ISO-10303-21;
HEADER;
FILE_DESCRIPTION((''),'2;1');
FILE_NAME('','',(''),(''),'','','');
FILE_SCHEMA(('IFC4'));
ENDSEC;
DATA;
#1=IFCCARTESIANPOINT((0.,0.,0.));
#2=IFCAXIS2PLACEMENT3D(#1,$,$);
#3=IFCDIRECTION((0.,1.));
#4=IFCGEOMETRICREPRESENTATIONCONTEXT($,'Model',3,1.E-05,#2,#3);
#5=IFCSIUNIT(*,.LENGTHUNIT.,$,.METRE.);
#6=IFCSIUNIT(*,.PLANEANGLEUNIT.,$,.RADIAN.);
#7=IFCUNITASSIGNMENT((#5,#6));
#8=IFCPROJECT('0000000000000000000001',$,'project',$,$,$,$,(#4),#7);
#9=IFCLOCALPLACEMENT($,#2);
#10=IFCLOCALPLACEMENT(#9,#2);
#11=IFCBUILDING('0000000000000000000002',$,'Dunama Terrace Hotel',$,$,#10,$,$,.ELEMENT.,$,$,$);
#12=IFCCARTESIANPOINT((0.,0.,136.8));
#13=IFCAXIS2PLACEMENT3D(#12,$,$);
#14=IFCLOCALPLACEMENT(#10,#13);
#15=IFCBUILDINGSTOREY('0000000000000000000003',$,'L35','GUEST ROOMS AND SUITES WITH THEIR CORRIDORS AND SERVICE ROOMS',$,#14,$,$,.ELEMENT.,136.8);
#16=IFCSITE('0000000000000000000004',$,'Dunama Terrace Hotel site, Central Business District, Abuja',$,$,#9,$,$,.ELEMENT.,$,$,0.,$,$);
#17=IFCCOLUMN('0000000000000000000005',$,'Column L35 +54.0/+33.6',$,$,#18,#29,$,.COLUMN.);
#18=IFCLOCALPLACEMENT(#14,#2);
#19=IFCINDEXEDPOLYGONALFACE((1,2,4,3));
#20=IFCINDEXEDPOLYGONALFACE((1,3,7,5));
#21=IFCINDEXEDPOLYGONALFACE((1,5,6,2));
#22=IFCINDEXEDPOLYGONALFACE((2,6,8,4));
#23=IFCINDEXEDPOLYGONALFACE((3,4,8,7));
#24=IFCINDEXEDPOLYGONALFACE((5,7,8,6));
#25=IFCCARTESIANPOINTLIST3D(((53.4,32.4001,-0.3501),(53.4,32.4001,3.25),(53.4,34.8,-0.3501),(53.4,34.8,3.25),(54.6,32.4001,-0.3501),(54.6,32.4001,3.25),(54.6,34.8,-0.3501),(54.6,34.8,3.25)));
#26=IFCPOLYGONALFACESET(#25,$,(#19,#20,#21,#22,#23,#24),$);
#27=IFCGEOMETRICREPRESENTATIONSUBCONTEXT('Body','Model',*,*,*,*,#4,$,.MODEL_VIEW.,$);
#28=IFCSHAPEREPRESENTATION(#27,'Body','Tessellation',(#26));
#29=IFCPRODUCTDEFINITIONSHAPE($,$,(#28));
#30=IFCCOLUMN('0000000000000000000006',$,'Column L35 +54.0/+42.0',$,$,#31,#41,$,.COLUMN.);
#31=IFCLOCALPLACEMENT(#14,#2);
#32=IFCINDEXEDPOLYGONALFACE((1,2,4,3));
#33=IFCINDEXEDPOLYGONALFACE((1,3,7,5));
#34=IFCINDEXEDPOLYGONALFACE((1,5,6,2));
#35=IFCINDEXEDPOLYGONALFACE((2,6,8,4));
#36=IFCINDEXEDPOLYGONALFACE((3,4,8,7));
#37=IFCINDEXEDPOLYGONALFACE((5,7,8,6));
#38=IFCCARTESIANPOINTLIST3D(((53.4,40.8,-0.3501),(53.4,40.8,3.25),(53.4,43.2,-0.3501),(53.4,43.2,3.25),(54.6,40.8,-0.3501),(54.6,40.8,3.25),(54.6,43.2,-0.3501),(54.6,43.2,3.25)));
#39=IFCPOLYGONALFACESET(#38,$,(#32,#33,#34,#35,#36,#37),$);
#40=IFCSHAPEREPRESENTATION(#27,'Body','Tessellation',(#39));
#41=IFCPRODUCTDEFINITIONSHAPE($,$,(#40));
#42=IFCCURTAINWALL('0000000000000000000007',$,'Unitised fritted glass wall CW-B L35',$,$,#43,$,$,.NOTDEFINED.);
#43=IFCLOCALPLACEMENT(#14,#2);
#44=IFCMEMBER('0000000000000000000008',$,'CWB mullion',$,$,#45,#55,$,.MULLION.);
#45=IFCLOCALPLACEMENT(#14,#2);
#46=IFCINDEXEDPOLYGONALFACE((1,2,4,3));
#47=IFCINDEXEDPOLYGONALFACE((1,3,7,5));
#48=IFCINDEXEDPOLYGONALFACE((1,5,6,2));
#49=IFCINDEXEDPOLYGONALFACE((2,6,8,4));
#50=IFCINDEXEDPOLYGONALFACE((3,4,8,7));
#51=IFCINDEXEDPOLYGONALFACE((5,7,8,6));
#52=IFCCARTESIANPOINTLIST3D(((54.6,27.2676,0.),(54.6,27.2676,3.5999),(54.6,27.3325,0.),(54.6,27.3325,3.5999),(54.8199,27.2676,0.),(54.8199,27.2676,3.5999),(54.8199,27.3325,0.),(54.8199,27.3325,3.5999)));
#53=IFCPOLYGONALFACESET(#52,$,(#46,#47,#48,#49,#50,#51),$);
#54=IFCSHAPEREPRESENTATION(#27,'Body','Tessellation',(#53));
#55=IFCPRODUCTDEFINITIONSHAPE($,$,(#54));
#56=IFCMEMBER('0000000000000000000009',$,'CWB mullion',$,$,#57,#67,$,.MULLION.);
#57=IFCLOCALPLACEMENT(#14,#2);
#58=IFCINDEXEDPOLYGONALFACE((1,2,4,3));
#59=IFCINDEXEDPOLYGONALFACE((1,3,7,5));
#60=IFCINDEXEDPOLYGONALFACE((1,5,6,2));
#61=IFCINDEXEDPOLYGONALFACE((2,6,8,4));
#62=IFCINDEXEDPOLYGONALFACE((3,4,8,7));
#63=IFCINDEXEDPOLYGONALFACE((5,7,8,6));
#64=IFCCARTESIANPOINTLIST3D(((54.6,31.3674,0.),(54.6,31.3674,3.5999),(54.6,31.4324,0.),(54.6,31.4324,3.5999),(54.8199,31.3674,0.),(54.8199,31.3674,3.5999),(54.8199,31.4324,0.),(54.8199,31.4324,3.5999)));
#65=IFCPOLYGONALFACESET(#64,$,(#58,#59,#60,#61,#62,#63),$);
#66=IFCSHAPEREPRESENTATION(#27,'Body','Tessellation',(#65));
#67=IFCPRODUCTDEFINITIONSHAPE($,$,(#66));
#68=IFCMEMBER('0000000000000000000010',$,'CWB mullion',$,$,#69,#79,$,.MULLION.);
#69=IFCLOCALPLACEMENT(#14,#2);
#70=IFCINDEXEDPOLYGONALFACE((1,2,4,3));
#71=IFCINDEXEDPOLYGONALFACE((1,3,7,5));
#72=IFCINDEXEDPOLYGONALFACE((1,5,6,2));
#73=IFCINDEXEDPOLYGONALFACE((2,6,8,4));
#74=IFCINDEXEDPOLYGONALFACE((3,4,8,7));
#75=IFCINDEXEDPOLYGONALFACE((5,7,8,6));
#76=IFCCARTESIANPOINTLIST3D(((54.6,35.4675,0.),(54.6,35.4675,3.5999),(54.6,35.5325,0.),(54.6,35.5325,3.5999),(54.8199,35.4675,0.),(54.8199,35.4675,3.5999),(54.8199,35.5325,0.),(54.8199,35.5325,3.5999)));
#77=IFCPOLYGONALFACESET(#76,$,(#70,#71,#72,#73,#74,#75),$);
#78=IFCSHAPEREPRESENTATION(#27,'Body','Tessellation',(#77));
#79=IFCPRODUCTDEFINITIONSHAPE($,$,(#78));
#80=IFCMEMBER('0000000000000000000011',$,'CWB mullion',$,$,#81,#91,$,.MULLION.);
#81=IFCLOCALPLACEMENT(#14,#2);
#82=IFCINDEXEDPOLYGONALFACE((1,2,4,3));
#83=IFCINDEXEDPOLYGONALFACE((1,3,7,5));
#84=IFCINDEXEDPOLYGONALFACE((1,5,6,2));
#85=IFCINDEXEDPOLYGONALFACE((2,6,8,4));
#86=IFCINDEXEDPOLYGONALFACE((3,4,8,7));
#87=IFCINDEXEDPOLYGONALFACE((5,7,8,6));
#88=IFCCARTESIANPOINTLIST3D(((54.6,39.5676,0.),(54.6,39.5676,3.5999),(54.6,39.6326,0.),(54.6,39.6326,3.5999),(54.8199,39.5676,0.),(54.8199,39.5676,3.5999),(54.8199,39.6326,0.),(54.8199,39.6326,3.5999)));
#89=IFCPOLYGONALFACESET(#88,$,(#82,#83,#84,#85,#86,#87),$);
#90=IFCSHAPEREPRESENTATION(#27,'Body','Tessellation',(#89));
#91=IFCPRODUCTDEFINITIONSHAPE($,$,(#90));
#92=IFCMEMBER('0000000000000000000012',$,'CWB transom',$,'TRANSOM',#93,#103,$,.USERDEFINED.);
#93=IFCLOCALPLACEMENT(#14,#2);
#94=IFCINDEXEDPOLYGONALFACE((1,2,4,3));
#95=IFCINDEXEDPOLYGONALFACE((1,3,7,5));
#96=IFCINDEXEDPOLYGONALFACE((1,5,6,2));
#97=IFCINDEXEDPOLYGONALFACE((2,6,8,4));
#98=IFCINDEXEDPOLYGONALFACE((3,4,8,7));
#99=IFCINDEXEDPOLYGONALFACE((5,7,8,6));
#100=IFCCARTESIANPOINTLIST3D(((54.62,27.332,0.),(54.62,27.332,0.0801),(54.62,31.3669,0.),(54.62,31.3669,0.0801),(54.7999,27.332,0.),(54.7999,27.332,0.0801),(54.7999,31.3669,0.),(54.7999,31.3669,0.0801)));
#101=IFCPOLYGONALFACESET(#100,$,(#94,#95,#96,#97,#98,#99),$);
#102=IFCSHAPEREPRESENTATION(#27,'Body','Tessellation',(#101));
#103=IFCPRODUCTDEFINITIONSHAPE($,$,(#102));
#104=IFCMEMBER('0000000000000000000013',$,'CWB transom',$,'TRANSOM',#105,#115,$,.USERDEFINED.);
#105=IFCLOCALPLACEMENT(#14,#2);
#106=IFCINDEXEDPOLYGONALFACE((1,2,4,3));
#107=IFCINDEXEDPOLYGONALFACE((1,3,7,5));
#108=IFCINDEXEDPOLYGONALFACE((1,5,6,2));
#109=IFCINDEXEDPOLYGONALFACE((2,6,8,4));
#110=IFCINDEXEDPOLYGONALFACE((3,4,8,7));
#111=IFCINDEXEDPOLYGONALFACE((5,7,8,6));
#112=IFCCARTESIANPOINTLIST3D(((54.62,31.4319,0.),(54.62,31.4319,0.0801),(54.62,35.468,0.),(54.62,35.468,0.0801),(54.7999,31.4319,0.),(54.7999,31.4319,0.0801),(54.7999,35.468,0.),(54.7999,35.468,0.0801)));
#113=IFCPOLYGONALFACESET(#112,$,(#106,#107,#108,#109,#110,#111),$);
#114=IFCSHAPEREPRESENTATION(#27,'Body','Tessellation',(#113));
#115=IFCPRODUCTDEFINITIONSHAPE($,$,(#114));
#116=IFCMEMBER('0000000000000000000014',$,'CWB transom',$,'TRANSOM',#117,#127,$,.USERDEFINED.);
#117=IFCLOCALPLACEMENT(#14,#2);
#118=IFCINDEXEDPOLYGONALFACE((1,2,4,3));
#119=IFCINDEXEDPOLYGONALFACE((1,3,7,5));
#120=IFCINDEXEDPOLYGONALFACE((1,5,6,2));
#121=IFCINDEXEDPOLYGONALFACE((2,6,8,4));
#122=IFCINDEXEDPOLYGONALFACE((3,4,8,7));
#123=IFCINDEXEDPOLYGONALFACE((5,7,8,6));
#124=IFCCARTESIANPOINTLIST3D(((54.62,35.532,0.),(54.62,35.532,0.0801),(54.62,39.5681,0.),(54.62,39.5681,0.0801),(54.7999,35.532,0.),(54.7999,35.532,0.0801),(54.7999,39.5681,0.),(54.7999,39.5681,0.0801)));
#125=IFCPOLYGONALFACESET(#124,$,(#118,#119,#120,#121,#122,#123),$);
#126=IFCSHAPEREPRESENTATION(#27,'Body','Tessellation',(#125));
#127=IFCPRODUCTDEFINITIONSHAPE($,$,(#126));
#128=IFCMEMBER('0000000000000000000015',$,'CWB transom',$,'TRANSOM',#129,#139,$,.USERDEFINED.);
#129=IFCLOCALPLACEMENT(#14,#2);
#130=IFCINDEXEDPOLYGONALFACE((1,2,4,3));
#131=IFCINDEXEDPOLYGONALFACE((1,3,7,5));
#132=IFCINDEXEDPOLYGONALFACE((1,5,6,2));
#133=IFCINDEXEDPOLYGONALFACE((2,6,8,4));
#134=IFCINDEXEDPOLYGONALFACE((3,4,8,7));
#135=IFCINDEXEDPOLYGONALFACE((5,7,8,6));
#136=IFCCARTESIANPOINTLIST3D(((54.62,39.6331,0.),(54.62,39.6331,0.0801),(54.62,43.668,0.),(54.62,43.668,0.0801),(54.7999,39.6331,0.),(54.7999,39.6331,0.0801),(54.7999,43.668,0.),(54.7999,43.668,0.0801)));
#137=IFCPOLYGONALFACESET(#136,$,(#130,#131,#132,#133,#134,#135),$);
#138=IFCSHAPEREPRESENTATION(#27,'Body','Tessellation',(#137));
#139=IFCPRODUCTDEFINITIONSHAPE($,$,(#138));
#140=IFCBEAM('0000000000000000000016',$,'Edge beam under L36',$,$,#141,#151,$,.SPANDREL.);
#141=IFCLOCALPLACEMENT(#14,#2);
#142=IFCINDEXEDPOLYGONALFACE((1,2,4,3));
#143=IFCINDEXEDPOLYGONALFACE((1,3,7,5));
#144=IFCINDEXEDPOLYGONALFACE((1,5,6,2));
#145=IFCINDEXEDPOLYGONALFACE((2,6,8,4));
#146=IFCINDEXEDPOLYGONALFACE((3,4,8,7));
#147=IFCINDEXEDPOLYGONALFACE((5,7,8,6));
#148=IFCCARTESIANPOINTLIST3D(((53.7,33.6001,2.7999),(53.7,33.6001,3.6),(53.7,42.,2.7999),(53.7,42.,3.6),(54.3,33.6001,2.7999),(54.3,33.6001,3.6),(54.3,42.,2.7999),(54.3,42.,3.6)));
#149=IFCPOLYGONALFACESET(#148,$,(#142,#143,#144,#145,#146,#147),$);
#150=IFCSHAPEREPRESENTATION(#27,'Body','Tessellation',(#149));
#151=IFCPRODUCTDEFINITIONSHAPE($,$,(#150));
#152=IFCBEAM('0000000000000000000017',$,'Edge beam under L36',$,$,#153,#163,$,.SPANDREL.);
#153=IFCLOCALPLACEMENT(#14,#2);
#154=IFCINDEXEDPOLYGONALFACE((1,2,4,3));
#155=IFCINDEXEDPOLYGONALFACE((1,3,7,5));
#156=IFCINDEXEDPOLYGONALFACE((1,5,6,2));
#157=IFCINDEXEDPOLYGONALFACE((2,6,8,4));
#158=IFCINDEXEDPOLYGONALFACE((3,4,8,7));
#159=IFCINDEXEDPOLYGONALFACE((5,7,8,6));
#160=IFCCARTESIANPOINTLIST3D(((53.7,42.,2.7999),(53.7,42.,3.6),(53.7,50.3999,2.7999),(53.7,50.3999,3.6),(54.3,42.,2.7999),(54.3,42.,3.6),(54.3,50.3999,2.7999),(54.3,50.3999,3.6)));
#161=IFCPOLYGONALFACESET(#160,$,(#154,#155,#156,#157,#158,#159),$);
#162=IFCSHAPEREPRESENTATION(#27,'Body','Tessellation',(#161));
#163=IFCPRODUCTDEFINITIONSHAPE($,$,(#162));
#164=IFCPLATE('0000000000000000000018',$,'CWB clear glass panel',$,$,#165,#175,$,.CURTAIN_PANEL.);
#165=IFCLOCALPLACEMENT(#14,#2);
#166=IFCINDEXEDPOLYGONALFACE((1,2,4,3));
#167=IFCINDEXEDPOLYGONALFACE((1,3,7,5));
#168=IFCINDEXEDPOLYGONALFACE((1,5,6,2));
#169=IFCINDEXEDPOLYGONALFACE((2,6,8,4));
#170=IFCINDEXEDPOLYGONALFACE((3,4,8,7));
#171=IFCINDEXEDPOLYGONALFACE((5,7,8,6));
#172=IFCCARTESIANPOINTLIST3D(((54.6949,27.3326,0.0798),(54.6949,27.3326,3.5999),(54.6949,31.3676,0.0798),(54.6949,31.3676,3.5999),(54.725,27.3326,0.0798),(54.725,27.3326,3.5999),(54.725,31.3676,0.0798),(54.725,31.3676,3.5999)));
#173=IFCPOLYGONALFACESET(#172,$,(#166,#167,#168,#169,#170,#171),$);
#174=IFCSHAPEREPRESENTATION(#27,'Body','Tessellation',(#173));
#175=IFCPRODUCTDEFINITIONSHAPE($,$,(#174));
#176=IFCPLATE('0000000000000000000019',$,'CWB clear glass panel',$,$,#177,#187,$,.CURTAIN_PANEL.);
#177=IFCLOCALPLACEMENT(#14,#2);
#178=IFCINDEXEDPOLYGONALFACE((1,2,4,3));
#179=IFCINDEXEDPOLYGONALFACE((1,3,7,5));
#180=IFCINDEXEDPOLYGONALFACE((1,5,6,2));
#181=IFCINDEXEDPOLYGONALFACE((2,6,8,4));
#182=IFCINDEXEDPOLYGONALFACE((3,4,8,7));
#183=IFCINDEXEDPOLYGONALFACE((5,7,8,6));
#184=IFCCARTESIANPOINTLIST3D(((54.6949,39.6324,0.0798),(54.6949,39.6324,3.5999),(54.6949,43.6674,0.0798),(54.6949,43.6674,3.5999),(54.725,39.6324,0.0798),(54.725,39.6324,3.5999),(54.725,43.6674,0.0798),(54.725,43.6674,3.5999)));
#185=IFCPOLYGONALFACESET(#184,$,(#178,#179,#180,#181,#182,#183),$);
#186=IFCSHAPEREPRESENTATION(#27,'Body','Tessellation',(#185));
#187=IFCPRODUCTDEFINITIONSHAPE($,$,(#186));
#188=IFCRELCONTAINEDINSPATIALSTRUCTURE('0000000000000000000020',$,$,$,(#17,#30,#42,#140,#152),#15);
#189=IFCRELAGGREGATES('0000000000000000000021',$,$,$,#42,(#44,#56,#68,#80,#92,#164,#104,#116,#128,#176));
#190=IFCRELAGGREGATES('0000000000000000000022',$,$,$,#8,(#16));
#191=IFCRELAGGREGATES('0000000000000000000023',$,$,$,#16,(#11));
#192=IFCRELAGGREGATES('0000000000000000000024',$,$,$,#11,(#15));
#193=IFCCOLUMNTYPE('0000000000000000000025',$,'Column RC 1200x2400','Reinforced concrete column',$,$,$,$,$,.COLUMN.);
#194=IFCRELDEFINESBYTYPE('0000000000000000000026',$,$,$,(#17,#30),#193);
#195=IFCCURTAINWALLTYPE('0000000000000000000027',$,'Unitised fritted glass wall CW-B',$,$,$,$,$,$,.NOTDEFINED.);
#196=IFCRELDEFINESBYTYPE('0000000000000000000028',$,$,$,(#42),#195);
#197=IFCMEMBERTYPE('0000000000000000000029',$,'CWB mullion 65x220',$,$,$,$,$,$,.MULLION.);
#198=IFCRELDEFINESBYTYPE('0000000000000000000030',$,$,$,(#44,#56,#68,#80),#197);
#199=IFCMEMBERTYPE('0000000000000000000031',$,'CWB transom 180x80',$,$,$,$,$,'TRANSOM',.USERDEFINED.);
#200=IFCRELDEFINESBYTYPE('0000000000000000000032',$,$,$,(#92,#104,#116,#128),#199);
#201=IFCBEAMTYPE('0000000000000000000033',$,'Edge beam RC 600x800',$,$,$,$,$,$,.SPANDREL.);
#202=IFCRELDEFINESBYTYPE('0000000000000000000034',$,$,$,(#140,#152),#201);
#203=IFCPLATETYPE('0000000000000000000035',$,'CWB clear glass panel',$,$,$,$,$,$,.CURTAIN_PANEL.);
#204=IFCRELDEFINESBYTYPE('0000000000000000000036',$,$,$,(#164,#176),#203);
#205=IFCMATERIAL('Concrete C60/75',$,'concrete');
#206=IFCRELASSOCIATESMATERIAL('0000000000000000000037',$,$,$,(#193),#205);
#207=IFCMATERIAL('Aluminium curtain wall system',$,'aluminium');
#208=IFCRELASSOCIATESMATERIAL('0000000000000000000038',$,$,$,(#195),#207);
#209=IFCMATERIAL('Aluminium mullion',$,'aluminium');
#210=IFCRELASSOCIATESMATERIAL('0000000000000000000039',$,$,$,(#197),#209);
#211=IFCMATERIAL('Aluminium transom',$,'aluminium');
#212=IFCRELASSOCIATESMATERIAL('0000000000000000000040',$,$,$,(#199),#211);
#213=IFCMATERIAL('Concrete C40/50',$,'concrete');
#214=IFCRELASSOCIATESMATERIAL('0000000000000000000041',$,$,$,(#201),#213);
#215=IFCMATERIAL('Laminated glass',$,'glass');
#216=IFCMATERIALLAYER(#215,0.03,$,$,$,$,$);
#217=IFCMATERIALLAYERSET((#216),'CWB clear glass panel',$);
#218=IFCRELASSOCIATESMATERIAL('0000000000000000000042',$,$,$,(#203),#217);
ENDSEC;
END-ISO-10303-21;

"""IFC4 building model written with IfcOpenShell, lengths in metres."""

from ifc_helpers import new_model, si_unit, direction, frame, origin, origin_2d, place, context, subcontext, project, spatial, rectangle, extrude, material, layer, layer_set, material_profile, profile_set, type_object, element, aggregate, save


model = new_model("IFC4")

# Units and contexts
model_context = context("Model", 3, precision=1e-05, world=origin(), true_north=direction((0.0, 1.0)))
body_context = subcontext(model_context, "Body", "Model", "MODEL_VIEW")
ifc_project = project(units=[si_unit("LENGTHUNIT", "METRE"), si_unit("PLANEANGLEUNIT", "RADIAN")], contexts=[model_context])

# Site, building, storey
site_placement = place(None, origin())
site = spatial("IfcSite", under=ifc_project, at=site_placement, Name="Dunama Terrace Hotel site, Central Business District, Abuja", CompositionType="ELEMENT", RefElevation=0.0)
building_placement = place(site_placement, origin())
building = spatial("IfcBuilding", under=site, at=building_placement, Name="Dunama Terrace Hotel", CompositionType="ELEMENT")
storey_placement = place(building_placement, frame((0.0, 0.0, 136.8)))
storey = spatial("IfcBuildingStorey", under=building, at=storey_placement, Name="L35", Description="GUEST ROOMS AND SUITES WITH THEIR CORRIDORS AND SERVICE ROOMS", CompositionType="ELEMENT", Elevation=136.8)

# Columns
ifc_material_1 = material(Name="Concrete C60/75", Category="concrete")
ifc_material_profile_1 = material_profile(ifc_material_1, rectangle(XDim=1.2, YDim=2.3999, at=origin_2d()), Name="RC 1200x2400")
ifc_profile_set_1 = profile_set([ifc_material_profile_1], Name="Concrete C60/75")
column_type = type_object("IfcColumnType", Name="Column RC 1200x2400", Description="Reinforced concrete column", PredefinedType="COLUMN", material=ifc_profile_set_1)
for number, where, z_axis, x_axis, name in (
    (1, (54.0, 33.6001, -0.3501), (0.0, 0.0, 1.0), (1.0, 0.0, 0.0), "Column L35 +54.0/+33.6"),
    (2, (54.0, 42.0, -0.3501), (0.0, 0.0, 1.0), (1.0, 0.0, 0.0), "Column L35 +54.0/+42.0"),
):
    element("IfcColumn", number, at=place(storey_placement, frame(where, z_axis=z_axis, x_axis=x_axis)), inside=storey, type_object=column_type, Name=name, PredefinedType="COLUMN", context=body_context, shape_type="SweptSolid", body=[
        extrude(rectangle(XDim=1.2, YDim=2.3999, at=origin_2d()), origin(), (0.0, 0.0, 1.0), 3.6001),
    ])

# Curtain wall, members
ifc_material_2 = material(Name="Aluminium curtain wall system", Category="aluminium")
curtain_wall_type = type_object("IfcCurtainWallType", Name="Unitised fritted glass wall CW-B", PredefinedType="NOTDEFINED", material=ifc_material_2)
curtain_wall_placement = place(storey_placement, origin())
curtain_wall = element("IfcCurtainWall", 3, at=curtain_wall_placement, inside=storey, type_object=curtain_wall_type, Name="Unitised fritted glass wall CW-B L35", PredefinedType="NOTDEFINED")
ifc_material_3 = material(Name="Aluminium mullion", Category="aluminium")
ifc_material_profile_2 = material_profile(ifc_material_3, rectangle(XDim=0.0649, YDim=0.22, at=origin_2d()), Name="CWB MULLION 65X220")
ifc_profile_set_2 = profile_set([ifc_material_profile_2], Name="Aluminium mullion")
member_type_1 = type_object("IfcMemberType", Name="CWB mullion 65x220", PredefinedType="MULLION", material=ifc_profile_set_2)
member_1_placement = place(storey_placement, frame((54.71, 27.3, 0.0), z_axis=(0.0, 0.0, 1.0), x_axis=(0.0, 1.0, 0.0)))
member_1 = element("IfcMember", 4, at=member_1_placement, type_object=member_type_1, Name="CWB mullion", PredefinedType="MULLION", context=body_context, shape_type="SweptSolid", body=[
    extrude(rectangle(XDim=0.0649, YDim=0.22, at=origin_2d()), origin(), (0.0, 0.0, 1.0), 3.5999),
])
member_2_placement = place(storey_placement, frame((54.71, 31.3999, 0.0), z_axis=(0.0, 0.0, 1.0), x_axis=(0.0, 1.0, 0.0)))
member_2 = element("IfcMember", 5, at=member_2_placement, type_object=member_type_1, Name="CWB mullion", PredefinedType="MULLION", context=body_context, shape_type="SweptSolid", body=[
    extrude(rectangle(XDim=0.0649, YDim=0.22, at=origin_2d()), origin(), (0.0, 0.0, 1.0), 3.5999),
])
member_3_placement = place(storey_placement, frame((54.71, 35.5, 0.0), z_axis=(0.0, 0.0, 1.0), x_axis=(0.0, 1.0, 0.0)))
member_3 = element("IfcMember", 6, at=member_3_placement, type_object=member_type_1, Name="CWB mullion", PredefinedType="MULLION", context=body_context, shape_type="SweptSolid", body=[
    extrude(rectangle(XDim=0.0649, YDim=0.22, at=origin_2d()), origin(), (0.0, 0.0, 1.0), 3.5999),
])
member_4_placement = place(storey_placement, frame((54.71, 39.6001, 0.0), z_axis=(0.0, 0.0, 1.0), x_axis=(0.0, 1.0, 0.0)))
member_4 = element("IfcMember", 7, at=member_4_placement, type_object=member_type_1, Name="CWB mullion", PredefinedType="MULLION", context=body_context, shape_type="SweptSolid", body=[
    extrude(rectangle(XDim=0.0649, YDim=0.22, at=origin_2d()), origin(), (0.0, 0.0, 1.0), 3.5999),
])
ifc_material_4 = material(Name="Aluminium transom", Category="aluminium")
ifc_material_profile_3 = material_profile(ifc_material_4, rectangle(XDim=0.1799, YDim=0.0801, at=origin_2d()), Name="CWB TRANSOM 180X80")
ifc_profile_set_3 = profile_set([ifc_material_profile_3], Name="Aluminium transom")
member_type_2 = type_object("IfcMemberType", Name="CWB transom 180x80", ElementType="TRANSOM", PredefinedType="USERDEFINED", material=ifc_profile_set_3)
member_5_placement = place(storey_placement, frame((54.71, 27.332, 0.04), z_axis=(0.0, 1.0, 0.0), x_axis=(-1.0, 0.0, 0.0)))
member_5 = element("IfcMember", 8, at=member_5_placement, type_object=member_type_2, Name="CWB transom", ObjectType="TRANSOM", PredefinedType="USERDEFINED", context=body_context, shape_type="SweptSolid", body=[
    extrude(rectangle(XDim=0.1799, YDim=0.0801, at=origin_2d()), origin(), (0.0, 0.0, 1.0), 4.0349),
])
member_6_placement = place(storey_placement, frame((54.71, 31.4319, 0.04), z_axis=(0.0, 1.0, 0.0), x_axis=(-1.0, 0.0, 0.0)))
member_6 = element("IfcMember", 9, at=member_6_placement, type_object=member_type_2, Name="CWB transom", ObjectType="TRANSOM", PredefinedType="USERDEFINED", context=body_context, shape_type="SweptSolid", body=[
    extrude(rectangle(XDim=0.1799, YDim=0.0801, at=origin_2d()), origin(), (0.0, 0.0, 1.0), 4.0361),
])
member_7_placement = place(storey_placement, frame((54.71, 35.532, 0.04), z_axis=(0.0, 1.0, 0.0), x_axis=(-1.0, 0.0, 0.0)))
member_7 = element("IfcMember", 10, at=member_7_placement, type_object=member_type_2, Name="CWB transom", ObjectType="TRANSOM", PredefinedType="USERDEFINED", context=body_context, shape_type="SweptSolid", body=[
    extrude(rectangle(XDim=0.1799, YDim=0.0801, at=origin_2d()), origin(), (0.0, 0.0, 1.0), 4.0361),
])
member_8_placement = place(storey_placement, frame((54.71, 39.6331, 0.04), z_axis=(0.0, 1.0, 0.0), x_axis=(-1.0, 0.0, 0.0)))
member_8 = element("IfcMember", 11, at=member_8_placement, type_object=member_type_2, Name="CWB transom", ObjectType="TRANSOM", PredefinedType="USERDEFINED", context=body_context, shape_type="SweptSolid", body=[
    extrude(rectangle(XDim=0.1799, YDim=0.0801, at=origin_2d()), origin(), (0.0, 0.0, 1.0), 4.0349),
])

# Beams
ifc_material_5 = material(Name="Concrete C40/50", Category="concrete")
ifc_material_profile_4 = material_profile(ifc_material_5, rectangle(XDim=0.6001, YDim=0.8, at=origin_2d()), Name="RC 600x800")
ifc_profile_set_4 = profile_set([ifc_material_profile_4], Name="Concrete C40/50")
beam_type = type_object("IfcBeamType", Name="Edge beam RC 600x800", PredefinedType="SPANDREL", material=ifc_profile_set_4)
for number, where, z_axis, x_axis, name in (
    (12, (54.0, 33.6001, 3.2), (0.0, 1.0, 0.0), (-1.0, 0.0, 0.0), "Edge beam under L36"),
    (13, (54.0, 42.0, 3.2), (0.0, 1.0, 0.0), (-1.0, 0.0, 0.0), "Edge beam under L36"),
):
    element("IfcBeam", number, at=place(storey_placement, frame(where, z_axis=z_axis, x_axis=x_axis)), inside=storey, type_object=beam_type, Name=name, PredefinedType="SPANDREL", context=body_context, shape_type="SweptSolid", body=[
        extrude(rectangle(XDim=0.6001, YDim=0.8, at=origin_2d()), origin(), (0.0, 0.0, 1.0), 8.3999),
    ])

# Plates
ifc_material_6 = material(Name="Laminated glass", Category="glass")
ifc_layer_1 = layer(ifc_material_6, 0.03)
ifc_layer_set_1 = layer_set([ifc_layer_1], Name="CWB clear glass panel")
plate_type_1 = type_object("IfcPlateType", Name="CWB clear glass panel", PredefinedType="CURTAIN_PANEL", material=ifc_layer_set_1)
plate_1_placement = place(storey_placement, frame((54.71, 29.3501, 0.0798), z_axis=(0.0, 0.0, 1.0), x_axis=(0.0, 1.0, 0.0)))
plate_1 = element("IfcPlate", 14, at=plate_1_placement, type_object=plate_type_1, Name="CWB clear glass panel", PredefinedType="CURTAIN_PANEL", context=body_context, shape_type="SweptSolid", body=[
    extrude(rectangle(XDim=4.0349, YDim=0.03, at=origin_2d()), origin(), (0.0, 0.0, 1.0), 3.52),
])
plate_2_placement = place(storey_placement, frame((54.71, 41.6499, 0.0798), z_axis=(0.0, 0.0, 1.0), x_axis=(0.0, 1.0, 0.0)))
plate_2 = element("IfcPlate", 15, at=plate_2_placement, type_object=plate_type_1, Name="CWB clear glass panel", PredefinedType="CURTAIN_PANEL", context=body_context, shape_type="SweptSolid", body=[
    extrude(rectangle(XDim=4.0349, YDim=0.03, at=origin_2d()), origin(), (0.0, 0.0, 1.0), 3.52),
])
aggregate(curtain_wall, [member_1, member_2, member_3, member_4, member_5, plate_1, member_6, member_7, member_8, plate_2])

save(model, "model.ifc")
